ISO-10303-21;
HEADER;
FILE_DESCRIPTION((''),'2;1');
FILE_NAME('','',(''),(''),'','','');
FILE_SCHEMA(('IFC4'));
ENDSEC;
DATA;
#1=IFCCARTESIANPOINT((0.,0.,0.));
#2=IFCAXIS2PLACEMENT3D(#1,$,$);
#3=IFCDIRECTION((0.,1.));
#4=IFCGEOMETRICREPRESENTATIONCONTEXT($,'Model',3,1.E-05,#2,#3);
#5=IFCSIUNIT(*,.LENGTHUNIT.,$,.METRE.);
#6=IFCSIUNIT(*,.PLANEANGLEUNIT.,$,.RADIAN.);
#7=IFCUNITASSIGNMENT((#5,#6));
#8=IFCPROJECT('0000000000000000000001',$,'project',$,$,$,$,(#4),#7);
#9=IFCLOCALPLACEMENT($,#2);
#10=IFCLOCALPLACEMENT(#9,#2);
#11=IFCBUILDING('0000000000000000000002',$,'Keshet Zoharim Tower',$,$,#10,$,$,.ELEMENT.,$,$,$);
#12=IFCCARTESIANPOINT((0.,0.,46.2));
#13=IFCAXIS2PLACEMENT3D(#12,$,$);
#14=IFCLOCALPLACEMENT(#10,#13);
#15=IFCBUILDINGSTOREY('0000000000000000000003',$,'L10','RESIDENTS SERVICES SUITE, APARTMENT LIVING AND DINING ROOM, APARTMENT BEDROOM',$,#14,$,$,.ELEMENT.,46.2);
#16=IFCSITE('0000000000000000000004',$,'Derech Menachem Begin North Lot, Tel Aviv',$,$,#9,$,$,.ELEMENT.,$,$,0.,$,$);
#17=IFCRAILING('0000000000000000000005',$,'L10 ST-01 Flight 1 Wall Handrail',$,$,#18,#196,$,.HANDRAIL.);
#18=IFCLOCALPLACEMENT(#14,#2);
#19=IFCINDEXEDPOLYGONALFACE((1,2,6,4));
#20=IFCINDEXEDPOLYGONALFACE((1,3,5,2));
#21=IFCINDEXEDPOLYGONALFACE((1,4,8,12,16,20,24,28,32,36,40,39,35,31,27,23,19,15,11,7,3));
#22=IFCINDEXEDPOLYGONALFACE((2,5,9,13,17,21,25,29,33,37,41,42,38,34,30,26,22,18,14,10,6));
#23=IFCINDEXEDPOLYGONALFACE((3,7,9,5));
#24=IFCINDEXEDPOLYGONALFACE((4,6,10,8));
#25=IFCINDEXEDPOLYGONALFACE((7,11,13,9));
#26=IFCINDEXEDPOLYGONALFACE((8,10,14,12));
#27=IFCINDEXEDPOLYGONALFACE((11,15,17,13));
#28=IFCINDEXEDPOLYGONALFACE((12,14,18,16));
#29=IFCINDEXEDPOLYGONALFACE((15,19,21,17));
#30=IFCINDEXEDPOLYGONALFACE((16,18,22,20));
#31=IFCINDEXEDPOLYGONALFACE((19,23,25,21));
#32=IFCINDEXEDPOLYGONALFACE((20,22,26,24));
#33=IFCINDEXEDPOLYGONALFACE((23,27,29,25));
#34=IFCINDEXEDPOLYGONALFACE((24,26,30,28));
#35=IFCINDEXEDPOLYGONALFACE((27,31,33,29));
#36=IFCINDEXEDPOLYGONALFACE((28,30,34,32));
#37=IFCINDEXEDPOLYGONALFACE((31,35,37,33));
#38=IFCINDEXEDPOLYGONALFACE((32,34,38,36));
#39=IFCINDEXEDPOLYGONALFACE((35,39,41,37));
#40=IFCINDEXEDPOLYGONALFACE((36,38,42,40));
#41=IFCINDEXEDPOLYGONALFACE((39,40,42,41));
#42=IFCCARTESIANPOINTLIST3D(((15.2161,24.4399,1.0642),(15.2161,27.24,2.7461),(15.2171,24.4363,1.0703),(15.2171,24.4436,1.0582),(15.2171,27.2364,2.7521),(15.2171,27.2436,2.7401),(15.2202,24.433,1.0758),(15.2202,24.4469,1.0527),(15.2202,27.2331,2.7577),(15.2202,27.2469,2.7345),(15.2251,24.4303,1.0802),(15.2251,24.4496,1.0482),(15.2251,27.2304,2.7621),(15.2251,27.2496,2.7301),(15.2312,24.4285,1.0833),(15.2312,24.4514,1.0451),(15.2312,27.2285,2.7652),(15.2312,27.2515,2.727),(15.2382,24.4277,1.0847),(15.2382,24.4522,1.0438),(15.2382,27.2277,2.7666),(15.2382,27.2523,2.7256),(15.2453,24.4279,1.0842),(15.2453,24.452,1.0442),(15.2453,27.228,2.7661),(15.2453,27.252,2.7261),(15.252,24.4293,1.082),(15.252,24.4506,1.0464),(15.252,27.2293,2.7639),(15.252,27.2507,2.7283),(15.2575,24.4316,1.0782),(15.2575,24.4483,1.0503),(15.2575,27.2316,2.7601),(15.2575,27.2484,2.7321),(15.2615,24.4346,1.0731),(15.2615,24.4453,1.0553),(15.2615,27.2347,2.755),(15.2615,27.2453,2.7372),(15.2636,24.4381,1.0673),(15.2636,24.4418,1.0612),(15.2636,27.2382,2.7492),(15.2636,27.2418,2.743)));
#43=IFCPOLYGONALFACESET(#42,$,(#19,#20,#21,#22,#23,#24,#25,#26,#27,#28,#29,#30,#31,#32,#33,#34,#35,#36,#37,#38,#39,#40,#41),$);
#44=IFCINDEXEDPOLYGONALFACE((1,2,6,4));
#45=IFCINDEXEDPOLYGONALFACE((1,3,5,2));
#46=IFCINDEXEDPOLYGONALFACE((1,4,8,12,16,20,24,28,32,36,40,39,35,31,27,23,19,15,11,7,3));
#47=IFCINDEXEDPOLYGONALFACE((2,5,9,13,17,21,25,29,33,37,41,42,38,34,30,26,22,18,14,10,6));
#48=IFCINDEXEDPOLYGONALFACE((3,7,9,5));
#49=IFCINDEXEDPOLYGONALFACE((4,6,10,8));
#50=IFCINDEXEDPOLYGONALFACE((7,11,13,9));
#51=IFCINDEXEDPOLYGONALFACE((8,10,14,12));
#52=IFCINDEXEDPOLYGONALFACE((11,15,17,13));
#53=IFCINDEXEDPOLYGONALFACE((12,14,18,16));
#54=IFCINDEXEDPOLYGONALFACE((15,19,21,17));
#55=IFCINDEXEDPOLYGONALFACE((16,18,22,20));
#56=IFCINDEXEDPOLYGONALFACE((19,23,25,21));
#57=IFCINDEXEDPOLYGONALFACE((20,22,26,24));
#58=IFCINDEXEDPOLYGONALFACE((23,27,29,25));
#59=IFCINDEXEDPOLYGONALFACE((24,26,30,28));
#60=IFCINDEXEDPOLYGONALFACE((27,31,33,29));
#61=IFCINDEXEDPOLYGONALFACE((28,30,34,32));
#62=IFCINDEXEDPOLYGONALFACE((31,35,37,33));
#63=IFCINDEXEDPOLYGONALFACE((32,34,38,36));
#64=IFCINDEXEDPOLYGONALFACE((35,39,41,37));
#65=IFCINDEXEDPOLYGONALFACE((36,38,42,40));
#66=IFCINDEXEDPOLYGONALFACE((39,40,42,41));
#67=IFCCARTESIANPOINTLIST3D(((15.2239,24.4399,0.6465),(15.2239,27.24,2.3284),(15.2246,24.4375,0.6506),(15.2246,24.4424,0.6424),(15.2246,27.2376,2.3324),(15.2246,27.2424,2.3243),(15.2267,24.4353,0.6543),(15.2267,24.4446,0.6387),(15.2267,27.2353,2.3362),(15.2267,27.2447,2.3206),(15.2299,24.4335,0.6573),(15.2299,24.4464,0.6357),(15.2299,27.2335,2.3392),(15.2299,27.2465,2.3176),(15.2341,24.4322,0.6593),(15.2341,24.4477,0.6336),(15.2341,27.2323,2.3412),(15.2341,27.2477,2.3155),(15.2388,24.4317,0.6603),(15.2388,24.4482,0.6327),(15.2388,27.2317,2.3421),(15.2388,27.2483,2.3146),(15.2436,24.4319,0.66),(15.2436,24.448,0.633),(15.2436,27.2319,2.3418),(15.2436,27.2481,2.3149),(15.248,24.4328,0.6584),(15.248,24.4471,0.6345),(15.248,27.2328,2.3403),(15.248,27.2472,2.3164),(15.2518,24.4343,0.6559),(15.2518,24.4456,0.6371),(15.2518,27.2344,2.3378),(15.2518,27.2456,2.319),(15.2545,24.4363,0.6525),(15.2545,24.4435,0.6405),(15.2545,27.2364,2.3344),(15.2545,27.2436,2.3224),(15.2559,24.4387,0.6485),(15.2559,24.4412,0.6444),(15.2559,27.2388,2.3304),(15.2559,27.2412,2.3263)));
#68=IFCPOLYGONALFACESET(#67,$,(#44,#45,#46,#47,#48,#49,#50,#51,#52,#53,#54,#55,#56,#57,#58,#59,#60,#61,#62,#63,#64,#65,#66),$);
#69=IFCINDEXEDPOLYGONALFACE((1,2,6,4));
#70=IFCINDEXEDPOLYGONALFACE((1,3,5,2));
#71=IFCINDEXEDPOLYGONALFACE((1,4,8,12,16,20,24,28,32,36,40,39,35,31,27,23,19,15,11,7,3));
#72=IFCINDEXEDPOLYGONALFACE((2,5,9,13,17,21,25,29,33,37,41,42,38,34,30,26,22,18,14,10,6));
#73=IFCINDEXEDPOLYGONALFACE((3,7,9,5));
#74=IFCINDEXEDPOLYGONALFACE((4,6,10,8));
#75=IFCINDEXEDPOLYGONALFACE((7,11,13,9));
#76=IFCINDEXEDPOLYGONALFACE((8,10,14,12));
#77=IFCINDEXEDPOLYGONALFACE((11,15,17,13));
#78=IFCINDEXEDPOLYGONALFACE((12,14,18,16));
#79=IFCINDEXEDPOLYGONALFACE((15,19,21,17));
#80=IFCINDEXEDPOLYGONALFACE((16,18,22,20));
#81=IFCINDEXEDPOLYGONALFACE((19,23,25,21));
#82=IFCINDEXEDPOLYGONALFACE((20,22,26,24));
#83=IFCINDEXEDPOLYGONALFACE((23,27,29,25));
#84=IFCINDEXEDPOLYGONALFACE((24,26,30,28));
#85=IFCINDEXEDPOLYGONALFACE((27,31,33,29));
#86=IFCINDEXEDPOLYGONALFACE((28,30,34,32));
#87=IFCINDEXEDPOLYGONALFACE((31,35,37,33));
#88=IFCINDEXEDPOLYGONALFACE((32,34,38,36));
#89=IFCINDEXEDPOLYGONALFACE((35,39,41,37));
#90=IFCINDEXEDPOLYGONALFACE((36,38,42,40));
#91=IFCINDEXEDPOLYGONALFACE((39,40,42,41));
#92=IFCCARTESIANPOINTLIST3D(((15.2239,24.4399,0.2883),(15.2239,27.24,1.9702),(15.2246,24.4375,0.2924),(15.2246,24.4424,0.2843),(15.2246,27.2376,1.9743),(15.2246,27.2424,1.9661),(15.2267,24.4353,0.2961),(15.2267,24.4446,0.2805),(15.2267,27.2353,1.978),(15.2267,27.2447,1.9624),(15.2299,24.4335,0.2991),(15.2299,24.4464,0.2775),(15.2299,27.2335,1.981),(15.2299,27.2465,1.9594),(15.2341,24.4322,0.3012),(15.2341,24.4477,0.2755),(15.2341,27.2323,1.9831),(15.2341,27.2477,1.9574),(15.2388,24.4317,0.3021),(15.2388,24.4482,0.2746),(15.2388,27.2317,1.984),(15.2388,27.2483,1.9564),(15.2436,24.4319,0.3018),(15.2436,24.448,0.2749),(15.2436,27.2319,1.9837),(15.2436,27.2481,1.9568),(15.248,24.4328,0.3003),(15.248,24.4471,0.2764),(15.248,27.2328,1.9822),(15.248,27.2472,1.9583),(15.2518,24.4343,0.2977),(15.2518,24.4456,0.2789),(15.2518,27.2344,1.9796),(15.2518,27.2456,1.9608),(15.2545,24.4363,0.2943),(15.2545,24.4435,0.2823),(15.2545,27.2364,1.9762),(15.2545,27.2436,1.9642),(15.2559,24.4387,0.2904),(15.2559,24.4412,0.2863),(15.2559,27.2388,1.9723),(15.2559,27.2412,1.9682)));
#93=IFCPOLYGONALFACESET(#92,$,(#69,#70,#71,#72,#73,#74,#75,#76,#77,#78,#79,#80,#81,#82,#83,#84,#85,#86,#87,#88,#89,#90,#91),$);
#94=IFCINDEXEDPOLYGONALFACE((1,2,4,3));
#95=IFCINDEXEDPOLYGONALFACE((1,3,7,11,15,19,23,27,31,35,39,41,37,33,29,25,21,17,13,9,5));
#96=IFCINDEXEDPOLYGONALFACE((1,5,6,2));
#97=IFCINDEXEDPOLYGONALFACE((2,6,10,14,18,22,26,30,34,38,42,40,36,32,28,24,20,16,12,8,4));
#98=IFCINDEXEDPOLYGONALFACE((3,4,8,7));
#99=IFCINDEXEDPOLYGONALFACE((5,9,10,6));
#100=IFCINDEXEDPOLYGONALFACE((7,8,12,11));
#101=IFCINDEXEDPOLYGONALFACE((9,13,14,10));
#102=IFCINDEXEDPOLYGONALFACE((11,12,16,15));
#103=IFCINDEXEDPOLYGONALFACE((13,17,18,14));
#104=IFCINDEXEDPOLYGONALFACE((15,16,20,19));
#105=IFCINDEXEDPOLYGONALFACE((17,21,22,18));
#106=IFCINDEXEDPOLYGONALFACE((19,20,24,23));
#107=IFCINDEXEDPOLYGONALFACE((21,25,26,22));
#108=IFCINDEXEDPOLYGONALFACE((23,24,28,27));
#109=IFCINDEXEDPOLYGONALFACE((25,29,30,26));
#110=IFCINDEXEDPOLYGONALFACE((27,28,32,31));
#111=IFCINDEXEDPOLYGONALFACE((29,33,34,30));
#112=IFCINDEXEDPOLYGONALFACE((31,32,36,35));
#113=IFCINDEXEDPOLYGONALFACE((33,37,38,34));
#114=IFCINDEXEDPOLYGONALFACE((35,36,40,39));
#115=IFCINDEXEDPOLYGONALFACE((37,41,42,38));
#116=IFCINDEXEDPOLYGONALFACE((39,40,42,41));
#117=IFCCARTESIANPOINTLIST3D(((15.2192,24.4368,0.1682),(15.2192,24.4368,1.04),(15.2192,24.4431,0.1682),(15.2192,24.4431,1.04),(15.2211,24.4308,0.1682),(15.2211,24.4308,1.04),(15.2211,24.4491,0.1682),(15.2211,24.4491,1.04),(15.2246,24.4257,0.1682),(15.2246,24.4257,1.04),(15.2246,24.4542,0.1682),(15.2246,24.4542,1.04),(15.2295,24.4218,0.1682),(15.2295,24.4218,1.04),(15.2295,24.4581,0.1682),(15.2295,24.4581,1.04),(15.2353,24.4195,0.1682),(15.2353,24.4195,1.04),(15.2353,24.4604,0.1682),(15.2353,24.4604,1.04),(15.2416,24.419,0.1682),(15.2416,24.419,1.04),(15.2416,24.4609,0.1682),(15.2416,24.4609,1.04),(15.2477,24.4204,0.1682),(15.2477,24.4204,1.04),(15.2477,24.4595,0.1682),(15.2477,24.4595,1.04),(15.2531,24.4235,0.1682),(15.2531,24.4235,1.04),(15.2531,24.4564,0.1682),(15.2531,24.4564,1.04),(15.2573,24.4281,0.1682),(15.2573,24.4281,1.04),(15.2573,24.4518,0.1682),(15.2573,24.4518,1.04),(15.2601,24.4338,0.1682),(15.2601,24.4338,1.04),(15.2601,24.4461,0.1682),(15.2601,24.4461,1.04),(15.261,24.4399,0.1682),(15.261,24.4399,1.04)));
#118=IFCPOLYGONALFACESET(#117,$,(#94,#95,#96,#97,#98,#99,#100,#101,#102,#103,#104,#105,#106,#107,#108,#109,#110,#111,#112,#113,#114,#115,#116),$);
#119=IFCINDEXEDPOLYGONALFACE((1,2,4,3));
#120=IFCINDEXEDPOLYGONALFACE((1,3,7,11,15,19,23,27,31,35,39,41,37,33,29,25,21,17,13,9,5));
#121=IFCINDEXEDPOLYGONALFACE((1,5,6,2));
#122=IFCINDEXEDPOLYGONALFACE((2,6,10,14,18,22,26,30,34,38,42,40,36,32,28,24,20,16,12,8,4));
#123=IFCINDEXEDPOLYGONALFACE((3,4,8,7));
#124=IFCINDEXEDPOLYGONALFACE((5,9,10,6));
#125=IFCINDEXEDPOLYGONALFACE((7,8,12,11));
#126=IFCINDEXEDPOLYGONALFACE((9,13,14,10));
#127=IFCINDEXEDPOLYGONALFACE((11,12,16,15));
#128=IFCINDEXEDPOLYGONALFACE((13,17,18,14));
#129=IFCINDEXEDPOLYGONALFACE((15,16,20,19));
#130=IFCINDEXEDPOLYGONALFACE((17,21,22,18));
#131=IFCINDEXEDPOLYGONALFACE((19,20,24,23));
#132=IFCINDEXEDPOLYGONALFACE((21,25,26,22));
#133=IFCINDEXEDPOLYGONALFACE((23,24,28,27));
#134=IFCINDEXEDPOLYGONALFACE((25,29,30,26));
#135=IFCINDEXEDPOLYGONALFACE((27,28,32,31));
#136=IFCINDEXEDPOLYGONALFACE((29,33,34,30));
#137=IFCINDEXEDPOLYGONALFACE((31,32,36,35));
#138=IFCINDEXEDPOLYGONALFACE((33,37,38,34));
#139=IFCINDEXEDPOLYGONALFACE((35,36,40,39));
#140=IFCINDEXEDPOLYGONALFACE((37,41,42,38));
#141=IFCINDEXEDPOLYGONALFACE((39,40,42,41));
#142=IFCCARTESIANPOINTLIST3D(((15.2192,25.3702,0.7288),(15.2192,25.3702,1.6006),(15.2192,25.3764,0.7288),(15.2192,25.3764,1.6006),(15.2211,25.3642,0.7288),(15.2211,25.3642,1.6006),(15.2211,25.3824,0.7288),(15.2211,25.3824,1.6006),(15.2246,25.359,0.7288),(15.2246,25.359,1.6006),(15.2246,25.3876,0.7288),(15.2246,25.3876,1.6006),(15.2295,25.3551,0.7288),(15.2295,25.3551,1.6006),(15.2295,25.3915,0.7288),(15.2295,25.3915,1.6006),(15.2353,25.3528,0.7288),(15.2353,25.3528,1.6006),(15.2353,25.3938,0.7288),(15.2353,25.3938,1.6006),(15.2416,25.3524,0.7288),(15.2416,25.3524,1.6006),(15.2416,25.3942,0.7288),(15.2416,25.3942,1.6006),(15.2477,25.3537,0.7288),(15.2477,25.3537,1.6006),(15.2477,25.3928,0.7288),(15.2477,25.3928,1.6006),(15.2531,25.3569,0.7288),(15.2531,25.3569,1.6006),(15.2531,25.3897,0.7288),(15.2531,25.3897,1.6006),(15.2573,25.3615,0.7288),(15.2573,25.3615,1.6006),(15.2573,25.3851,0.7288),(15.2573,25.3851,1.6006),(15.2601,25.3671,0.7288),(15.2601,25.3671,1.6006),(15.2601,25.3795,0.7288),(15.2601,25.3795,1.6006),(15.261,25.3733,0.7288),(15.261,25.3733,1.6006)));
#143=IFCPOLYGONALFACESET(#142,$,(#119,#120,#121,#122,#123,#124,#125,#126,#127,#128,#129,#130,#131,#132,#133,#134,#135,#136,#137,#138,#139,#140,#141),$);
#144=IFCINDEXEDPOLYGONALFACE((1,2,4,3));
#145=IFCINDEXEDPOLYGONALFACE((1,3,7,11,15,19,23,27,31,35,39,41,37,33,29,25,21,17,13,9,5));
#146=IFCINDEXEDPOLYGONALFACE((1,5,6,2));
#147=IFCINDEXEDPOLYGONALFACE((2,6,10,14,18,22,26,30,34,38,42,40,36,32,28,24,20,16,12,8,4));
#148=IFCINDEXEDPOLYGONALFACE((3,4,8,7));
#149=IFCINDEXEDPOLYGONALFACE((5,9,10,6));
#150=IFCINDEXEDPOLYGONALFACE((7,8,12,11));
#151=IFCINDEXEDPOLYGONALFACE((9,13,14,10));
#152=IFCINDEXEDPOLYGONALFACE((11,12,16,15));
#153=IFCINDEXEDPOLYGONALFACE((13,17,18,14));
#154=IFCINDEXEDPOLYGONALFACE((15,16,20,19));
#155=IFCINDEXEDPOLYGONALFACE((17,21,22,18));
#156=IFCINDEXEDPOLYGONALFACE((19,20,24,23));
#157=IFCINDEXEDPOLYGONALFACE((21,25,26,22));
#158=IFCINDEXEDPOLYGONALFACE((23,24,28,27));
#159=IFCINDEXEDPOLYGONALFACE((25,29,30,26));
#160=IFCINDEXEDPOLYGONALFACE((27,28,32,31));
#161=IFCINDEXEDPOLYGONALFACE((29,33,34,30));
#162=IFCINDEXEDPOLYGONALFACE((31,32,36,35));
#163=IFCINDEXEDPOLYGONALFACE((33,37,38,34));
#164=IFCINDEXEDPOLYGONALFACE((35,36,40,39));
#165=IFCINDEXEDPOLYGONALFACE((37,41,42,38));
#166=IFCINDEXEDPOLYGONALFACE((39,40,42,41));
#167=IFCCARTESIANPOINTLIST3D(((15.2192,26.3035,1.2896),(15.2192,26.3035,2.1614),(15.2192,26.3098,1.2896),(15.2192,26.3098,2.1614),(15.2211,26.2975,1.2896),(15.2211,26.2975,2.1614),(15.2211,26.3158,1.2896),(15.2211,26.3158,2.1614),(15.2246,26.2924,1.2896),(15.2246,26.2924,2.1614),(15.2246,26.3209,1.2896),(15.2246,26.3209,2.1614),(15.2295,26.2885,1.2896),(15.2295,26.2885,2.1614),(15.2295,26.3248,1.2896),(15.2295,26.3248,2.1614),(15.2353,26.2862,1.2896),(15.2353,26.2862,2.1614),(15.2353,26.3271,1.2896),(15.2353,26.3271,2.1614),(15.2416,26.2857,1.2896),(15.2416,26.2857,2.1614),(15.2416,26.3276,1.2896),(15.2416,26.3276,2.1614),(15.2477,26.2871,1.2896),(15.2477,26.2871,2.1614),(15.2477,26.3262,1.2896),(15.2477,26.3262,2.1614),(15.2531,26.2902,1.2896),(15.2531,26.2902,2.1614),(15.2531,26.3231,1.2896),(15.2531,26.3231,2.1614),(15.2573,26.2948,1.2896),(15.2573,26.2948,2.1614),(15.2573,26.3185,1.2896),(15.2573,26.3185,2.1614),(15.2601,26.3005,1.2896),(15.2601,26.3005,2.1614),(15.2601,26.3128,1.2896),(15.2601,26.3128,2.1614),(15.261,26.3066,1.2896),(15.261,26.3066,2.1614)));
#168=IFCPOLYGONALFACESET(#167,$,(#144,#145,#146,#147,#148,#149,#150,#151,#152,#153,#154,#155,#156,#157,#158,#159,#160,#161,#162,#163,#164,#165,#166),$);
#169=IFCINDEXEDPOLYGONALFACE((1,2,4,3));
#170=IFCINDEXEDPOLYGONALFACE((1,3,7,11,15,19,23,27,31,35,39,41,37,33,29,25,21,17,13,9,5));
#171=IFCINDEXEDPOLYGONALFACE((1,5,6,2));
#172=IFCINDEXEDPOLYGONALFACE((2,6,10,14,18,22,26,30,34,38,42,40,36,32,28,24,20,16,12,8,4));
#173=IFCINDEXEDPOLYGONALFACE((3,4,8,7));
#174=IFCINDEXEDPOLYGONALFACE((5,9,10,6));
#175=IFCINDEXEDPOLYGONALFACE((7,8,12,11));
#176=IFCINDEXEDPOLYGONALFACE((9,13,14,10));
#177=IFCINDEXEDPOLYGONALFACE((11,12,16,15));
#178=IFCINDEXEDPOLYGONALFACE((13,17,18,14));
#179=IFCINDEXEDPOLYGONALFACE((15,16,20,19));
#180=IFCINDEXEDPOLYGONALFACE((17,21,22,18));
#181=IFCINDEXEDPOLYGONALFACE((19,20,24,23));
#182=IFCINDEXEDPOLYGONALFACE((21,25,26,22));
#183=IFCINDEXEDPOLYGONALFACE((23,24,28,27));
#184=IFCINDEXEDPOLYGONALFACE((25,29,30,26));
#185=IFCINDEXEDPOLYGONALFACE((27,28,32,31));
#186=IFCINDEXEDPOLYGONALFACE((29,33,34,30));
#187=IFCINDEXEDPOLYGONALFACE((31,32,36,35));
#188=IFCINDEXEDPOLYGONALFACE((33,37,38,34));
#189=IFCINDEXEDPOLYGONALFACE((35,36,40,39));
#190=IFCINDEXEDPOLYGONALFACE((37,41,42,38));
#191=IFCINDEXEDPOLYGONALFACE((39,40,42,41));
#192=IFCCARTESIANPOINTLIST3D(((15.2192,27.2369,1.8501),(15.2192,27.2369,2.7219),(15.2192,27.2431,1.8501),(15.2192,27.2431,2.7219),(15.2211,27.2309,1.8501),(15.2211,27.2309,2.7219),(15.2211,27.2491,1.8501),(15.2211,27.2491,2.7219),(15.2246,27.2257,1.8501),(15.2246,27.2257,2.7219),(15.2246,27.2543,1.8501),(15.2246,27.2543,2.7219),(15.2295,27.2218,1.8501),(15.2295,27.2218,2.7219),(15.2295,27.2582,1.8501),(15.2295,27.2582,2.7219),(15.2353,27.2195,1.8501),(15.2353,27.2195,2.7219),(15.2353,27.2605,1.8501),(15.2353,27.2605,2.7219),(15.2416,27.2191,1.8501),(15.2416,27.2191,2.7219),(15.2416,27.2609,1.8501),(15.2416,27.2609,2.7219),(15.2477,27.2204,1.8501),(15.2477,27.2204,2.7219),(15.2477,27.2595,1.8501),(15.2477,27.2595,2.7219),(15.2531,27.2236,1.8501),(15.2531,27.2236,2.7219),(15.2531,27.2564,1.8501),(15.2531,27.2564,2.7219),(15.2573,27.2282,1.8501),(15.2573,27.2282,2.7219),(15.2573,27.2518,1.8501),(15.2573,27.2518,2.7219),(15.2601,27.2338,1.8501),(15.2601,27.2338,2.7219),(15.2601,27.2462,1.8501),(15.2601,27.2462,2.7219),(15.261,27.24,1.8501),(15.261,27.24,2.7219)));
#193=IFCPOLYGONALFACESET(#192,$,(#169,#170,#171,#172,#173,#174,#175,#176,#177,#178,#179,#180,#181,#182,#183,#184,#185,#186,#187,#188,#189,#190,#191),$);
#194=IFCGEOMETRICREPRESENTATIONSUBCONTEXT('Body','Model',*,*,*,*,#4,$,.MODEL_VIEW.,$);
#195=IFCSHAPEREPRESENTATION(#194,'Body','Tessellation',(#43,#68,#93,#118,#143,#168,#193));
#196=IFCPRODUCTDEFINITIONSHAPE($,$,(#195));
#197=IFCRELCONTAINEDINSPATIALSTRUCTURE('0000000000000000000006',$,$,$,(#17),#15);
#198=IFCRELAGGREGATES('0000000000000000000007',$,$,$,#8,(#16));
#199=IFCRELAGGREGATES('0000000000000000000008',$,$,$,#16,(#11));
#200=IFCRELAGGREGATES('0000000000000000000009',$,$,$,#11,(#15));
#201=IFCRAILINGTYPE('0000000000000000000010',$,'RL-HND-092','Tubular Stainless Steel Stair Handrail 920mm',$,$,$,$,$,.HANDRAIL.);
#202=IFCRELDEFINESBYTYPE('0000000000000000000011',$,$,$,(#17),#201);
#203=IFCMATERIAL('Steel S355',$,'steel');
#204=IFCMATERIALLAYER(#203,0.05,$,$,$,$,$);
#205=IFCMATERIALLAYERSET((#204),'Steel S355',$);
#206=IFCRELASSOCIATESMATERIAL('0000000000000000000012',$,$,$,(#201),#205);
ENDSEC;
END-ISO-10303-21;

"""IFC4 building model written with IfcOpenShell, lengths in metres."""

from ifc_helpers import new_model, si_unit, direction, frame, origin, origin_2d, place, context, subcontext, project, spatial, circle, extrude, material, layer, layer_set, type_object, element, save


model = new_model("IFC4")

# Units and contexts
model_context = context("Model", 3, precision=1e-05, world=origin(), true_north=direction((0.0, 1.0)))
body_context = subcontext(model_context, "Body", "Model", "MODEL_VIEW")
ifc_project = project(units=[si_unit("LENGTHUNIT", "METRE"), si_unit("PLANEANGLEUNIT", "RADIAN")], contexts=[model_context])

# Site, building, storey
site_placement = place(None, origin())
site = spatial("IfcSite", under=ifc_project, at=site_placement, Name="Derech Menachem Begin North Lot, Tel Aviv", CompositionType="ELEMENT", RefElevation=0.0)
building_placement = place(site_placement, origin())
building = spatial("IfcBuilding", under=site, at=building_placement, Name="Keshet Zoharim Tower", CompositionType="ELEMENT")
storey_placement = place(building_placement, frame((0.0, 0.0, 46.2)))
storey = spatial("IfcBuildingStorey", under=building, at=storey_placement, Name="L10", Description="RESIDENTS SERVICES SUITE, APARTMENT LIVING AND DINING ROOM, APARTMENT BEDROOM", CompositionType="ELEMENT", Elevation=46.2)

# Shared definitions
ifc_material_1 = material(Name="Steel S355", Category="steel")

# Railing
ifc_layer_1 = layer(ifc_material_1, 0.05)
ifc_layer_set_1 = layer_set([ifc_layer_1], Name="Steel S355")
railing_type_1 = type_object("IfcRailingType", Name="RL-HND-092", Description="Tubular Stainless Steel Stair Handrail 920mm", PredefinedType="HANDRAIL", material=ifc_layer_set_1)
railing_1_placement = place(storey_placement, frame((15.24, 24.4399, 0.1682)))
element("IfcRailing", 1, at=railing_1_placement, inside=storey, type_object=railing_type_1, Name="L10 ST-01 Flight 1 Wall Handrail", PredefinedType="HANDRAIL", context=body_context, shape_type="SweptSolid", body=[
    extrude(circle(Radius=0.0239, at=origin_2d()), frame((0.0, 0.0, 0.896), z_axis=(0.0, 0.857242, 0.514913), x_axis=(-1.0, 0.0, 0.0)), (0.0, 0.0, 1.0), 3.2664),
    extrude(circle(Radius=0.0161, at=origin_2d()), frame((0.0, 0.0, 0.4783), z_axis=(0.0, 0.857242, 0.514913), x_axis=(-1.0, 0.0, 0.0)), (0.0, 0.0, 1.0), 3.2664),
    extrude(circle(Radius=0.0161, at=origin_2d()), frame((0.0, 0.0, 0.1201), z_axis=(0.0, 0.857242, 0.514913), x_axis=(-1.0, 0.0, 0.0)), (0.0, 0.0, 1.0), 3.2664),
    extrude(circle(Radius=0.021, at=origin_2d()), origin(), (0.0, 0.0, 1.0), 0.8718),
    extrude(circle(Radius=0.021, at=origin_2d()), frame((0.0, 0.9333, 0.5605)), (0.0, 0.0, 1.0), 0.8718),
    extrude(circle(Radius=0.021, at=origin_2d()), frame((0.0, 1.8667, 1.1213)), (0.0, 0.0, 1.0), 0.8718),
    extrude(circle(Radius=0.021, at=origin_2d()), frame((0.0, 2.8, 1.6819)), (0.0, 0.0, 1.0), 0.8718),
])

save(model, "model.ifc")
